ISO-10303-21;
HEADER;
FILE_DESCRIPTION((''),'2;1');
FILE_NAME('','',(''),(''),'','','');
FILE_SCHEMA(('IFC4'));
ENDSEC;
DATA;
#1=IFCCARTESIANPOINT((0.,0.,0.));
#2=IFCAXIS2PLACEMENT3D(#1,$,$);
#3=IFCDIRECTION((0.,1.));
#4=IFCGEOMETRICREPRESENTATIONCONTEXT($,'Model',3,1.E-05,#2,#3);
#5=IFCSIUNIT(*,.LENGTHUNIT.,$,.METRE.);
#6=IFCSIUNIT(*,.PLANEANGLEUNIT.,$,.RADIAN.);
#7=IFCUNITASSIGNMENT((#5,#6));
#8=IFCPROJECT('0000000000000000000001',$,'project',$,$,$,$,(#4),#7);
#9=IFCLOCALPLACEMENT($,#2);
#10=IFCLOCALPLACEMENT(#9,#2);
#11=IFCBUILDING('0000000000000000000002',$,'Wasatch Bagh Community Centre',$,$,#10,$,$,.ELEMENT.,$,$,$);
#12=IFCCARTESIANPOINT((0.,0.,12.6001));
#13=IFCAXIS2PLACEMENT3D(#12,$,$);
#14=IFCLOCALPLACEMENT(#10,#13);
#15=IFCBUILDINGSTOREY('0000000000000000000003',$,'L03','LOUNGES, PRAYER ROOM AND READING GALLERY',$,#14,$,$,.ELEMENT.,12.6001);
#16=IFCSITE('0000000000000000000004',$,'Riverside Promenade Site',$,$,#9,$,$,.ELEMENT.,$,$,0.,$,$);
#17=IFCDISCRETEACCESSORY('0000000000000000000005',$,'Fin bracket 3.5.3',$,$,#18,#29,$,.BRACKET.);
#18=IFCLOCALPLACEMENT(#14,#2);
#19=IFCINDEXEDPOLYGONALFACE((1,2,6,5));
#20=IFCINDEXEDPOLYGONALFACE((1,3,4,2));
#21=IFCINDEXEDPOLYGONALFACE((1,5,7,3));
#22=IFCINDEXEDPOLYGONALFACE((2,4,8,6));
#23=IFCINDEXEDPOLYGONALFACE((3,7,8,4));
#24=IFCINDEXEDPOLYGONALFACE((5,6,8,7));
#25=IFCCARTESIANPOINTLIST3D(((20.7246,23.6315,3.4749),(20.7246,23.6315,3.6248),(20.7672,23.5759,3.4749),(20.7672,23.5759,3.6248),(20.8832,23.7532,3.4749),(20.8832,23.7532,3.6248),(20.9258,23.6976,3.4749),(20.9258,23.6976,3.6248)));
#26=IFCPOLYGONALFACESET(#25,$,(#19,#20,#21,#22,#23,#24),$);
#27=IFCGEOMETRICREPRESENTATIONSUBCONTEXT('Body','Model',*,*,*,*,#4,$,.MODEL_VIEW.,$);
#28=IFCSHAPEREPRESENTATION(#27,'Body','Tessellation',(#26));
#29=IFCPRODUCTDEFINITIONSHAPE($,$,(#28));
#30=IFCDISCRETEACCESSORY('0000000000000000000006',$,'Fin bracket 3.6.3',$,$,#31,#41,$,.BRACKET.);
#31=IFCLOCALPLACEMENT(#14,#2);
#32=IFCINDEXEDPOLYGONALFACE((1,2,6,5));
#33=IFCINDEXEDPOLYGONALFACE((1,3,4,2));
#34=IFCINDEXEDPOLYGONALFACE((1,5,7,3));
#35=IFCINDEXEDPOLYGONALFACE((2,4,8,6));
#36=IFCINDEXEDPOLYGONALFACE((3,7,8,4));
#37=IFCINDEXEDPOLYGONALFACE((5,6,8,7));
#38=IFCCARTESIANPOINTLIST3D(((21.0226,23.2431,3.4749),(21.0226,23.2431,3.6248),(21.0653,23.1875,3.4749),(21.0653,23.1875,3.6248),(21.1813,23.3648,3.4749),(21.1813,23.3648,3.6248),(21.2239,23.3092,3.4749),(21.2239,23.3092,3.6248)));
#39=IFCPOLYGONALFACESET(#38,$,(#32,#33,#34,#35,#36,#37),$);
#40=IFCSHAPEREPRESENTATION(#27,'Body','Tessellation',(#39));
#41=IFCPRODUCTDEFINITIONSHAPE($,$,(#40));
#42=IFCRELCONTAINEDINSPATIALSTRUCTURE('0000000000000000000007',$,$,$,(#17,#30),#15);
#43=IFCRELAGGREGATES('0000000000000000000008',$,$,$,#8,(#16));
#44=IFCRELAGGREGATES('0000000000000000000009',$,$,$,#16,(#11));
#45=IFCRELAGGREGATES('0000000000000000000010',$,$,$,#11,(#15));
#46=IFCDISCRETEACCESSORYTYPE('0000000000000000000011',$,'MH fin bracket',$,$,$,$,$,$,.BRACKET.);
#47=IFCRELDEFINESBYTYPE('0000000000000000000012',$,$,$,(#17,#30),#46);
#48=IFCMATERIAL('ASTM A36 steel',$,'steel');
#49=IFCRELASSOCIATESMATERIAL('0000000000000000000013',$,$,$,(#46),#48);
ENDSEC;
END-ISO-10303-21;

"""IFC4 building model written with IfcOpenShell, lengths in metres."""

from ifc_helpers import new_model, si_unit, direction, frame, origin, origin_2d, place, context, subcontext, project, spatial, rectangle, extrude, material, type_object, element, save


model = new_model("IFC4")

# Units and contexts
model_context = context("Model", 3, precision=1e-05, world=origin(), true_north=direction((0.0, 1.0)))
body_context = subcontext(model_context, "Body", "Model", "MODEL_VIEW")
ifc_project = project(units=[si_unit("LENGTHUNIT", "METRE"), si_unit("PLANEANGLEUNIT", "RADIAN")], contexts=[model_context])

# Site, building, storey
site_placement = place(None, origin())
site = spatial("IfcSite", under=ifc_project, at=site_placement, Name="Riverside Promenade Site", CompositionType="ELEMENT", RefElevation=0.0)
building_placement = place(site_placement, origin())
building = spatial("IfcBuilding", under=site, at=building_placement, Name="Wasatch Bagh Community Centre", CompositionType="ELEMENT")
storey_placement = place(building_placement, frame((0.0, 0.0, 12.6001)))
storey = spatial("IfcBuildingStorey", under=building, at=storey_placement, Name="L03", Description="LOUNGES, PRAYER ROOM AND READING GALLERY", CompositionType="ELEMENT", Elevation=12.6001)

# Discrete accessories
ifc_material_1 = material(Name="ASTM A36 steel", Category="steel")
discrete_accessory_type = type_object("IfcDiscreteAccessoryType", Name="MH fin bracket", PredefinedType="BRACKET", material=ifc_material_1)
for number, where, z_axis, x_axis, name in (
    (1, (20.8252, 23.6646, 3.4749), (0.0, 0.0, 1.0), (0.608761, -0.793353, 0.0), "Fin bracket 3.5.3"),
    (2, (21.1233, 23.2761, 3.4749), (0.0, 0.0, 1.0), (0.608761, -0.793353, 0.0), "Fin bracket 3.6.3"),
):
    element("IfcDiscreteAccessory", number, at=place(storey_placement, frame(where, z_axis=z_axis, x_axis=x_axis)), inside=storey, type_object=discrete_accessory_type, Name=name, PredefinedType="BRACKET", context=body_context, shape_type="SweptSolid", body=[
        extrude(rectangle(XDim=0.0701, YDim=0.2, at=origin_2d()), origin(), (0.0, 0.0, 1.0), 0.1499),
    ])

save(model, "model.ifc")
